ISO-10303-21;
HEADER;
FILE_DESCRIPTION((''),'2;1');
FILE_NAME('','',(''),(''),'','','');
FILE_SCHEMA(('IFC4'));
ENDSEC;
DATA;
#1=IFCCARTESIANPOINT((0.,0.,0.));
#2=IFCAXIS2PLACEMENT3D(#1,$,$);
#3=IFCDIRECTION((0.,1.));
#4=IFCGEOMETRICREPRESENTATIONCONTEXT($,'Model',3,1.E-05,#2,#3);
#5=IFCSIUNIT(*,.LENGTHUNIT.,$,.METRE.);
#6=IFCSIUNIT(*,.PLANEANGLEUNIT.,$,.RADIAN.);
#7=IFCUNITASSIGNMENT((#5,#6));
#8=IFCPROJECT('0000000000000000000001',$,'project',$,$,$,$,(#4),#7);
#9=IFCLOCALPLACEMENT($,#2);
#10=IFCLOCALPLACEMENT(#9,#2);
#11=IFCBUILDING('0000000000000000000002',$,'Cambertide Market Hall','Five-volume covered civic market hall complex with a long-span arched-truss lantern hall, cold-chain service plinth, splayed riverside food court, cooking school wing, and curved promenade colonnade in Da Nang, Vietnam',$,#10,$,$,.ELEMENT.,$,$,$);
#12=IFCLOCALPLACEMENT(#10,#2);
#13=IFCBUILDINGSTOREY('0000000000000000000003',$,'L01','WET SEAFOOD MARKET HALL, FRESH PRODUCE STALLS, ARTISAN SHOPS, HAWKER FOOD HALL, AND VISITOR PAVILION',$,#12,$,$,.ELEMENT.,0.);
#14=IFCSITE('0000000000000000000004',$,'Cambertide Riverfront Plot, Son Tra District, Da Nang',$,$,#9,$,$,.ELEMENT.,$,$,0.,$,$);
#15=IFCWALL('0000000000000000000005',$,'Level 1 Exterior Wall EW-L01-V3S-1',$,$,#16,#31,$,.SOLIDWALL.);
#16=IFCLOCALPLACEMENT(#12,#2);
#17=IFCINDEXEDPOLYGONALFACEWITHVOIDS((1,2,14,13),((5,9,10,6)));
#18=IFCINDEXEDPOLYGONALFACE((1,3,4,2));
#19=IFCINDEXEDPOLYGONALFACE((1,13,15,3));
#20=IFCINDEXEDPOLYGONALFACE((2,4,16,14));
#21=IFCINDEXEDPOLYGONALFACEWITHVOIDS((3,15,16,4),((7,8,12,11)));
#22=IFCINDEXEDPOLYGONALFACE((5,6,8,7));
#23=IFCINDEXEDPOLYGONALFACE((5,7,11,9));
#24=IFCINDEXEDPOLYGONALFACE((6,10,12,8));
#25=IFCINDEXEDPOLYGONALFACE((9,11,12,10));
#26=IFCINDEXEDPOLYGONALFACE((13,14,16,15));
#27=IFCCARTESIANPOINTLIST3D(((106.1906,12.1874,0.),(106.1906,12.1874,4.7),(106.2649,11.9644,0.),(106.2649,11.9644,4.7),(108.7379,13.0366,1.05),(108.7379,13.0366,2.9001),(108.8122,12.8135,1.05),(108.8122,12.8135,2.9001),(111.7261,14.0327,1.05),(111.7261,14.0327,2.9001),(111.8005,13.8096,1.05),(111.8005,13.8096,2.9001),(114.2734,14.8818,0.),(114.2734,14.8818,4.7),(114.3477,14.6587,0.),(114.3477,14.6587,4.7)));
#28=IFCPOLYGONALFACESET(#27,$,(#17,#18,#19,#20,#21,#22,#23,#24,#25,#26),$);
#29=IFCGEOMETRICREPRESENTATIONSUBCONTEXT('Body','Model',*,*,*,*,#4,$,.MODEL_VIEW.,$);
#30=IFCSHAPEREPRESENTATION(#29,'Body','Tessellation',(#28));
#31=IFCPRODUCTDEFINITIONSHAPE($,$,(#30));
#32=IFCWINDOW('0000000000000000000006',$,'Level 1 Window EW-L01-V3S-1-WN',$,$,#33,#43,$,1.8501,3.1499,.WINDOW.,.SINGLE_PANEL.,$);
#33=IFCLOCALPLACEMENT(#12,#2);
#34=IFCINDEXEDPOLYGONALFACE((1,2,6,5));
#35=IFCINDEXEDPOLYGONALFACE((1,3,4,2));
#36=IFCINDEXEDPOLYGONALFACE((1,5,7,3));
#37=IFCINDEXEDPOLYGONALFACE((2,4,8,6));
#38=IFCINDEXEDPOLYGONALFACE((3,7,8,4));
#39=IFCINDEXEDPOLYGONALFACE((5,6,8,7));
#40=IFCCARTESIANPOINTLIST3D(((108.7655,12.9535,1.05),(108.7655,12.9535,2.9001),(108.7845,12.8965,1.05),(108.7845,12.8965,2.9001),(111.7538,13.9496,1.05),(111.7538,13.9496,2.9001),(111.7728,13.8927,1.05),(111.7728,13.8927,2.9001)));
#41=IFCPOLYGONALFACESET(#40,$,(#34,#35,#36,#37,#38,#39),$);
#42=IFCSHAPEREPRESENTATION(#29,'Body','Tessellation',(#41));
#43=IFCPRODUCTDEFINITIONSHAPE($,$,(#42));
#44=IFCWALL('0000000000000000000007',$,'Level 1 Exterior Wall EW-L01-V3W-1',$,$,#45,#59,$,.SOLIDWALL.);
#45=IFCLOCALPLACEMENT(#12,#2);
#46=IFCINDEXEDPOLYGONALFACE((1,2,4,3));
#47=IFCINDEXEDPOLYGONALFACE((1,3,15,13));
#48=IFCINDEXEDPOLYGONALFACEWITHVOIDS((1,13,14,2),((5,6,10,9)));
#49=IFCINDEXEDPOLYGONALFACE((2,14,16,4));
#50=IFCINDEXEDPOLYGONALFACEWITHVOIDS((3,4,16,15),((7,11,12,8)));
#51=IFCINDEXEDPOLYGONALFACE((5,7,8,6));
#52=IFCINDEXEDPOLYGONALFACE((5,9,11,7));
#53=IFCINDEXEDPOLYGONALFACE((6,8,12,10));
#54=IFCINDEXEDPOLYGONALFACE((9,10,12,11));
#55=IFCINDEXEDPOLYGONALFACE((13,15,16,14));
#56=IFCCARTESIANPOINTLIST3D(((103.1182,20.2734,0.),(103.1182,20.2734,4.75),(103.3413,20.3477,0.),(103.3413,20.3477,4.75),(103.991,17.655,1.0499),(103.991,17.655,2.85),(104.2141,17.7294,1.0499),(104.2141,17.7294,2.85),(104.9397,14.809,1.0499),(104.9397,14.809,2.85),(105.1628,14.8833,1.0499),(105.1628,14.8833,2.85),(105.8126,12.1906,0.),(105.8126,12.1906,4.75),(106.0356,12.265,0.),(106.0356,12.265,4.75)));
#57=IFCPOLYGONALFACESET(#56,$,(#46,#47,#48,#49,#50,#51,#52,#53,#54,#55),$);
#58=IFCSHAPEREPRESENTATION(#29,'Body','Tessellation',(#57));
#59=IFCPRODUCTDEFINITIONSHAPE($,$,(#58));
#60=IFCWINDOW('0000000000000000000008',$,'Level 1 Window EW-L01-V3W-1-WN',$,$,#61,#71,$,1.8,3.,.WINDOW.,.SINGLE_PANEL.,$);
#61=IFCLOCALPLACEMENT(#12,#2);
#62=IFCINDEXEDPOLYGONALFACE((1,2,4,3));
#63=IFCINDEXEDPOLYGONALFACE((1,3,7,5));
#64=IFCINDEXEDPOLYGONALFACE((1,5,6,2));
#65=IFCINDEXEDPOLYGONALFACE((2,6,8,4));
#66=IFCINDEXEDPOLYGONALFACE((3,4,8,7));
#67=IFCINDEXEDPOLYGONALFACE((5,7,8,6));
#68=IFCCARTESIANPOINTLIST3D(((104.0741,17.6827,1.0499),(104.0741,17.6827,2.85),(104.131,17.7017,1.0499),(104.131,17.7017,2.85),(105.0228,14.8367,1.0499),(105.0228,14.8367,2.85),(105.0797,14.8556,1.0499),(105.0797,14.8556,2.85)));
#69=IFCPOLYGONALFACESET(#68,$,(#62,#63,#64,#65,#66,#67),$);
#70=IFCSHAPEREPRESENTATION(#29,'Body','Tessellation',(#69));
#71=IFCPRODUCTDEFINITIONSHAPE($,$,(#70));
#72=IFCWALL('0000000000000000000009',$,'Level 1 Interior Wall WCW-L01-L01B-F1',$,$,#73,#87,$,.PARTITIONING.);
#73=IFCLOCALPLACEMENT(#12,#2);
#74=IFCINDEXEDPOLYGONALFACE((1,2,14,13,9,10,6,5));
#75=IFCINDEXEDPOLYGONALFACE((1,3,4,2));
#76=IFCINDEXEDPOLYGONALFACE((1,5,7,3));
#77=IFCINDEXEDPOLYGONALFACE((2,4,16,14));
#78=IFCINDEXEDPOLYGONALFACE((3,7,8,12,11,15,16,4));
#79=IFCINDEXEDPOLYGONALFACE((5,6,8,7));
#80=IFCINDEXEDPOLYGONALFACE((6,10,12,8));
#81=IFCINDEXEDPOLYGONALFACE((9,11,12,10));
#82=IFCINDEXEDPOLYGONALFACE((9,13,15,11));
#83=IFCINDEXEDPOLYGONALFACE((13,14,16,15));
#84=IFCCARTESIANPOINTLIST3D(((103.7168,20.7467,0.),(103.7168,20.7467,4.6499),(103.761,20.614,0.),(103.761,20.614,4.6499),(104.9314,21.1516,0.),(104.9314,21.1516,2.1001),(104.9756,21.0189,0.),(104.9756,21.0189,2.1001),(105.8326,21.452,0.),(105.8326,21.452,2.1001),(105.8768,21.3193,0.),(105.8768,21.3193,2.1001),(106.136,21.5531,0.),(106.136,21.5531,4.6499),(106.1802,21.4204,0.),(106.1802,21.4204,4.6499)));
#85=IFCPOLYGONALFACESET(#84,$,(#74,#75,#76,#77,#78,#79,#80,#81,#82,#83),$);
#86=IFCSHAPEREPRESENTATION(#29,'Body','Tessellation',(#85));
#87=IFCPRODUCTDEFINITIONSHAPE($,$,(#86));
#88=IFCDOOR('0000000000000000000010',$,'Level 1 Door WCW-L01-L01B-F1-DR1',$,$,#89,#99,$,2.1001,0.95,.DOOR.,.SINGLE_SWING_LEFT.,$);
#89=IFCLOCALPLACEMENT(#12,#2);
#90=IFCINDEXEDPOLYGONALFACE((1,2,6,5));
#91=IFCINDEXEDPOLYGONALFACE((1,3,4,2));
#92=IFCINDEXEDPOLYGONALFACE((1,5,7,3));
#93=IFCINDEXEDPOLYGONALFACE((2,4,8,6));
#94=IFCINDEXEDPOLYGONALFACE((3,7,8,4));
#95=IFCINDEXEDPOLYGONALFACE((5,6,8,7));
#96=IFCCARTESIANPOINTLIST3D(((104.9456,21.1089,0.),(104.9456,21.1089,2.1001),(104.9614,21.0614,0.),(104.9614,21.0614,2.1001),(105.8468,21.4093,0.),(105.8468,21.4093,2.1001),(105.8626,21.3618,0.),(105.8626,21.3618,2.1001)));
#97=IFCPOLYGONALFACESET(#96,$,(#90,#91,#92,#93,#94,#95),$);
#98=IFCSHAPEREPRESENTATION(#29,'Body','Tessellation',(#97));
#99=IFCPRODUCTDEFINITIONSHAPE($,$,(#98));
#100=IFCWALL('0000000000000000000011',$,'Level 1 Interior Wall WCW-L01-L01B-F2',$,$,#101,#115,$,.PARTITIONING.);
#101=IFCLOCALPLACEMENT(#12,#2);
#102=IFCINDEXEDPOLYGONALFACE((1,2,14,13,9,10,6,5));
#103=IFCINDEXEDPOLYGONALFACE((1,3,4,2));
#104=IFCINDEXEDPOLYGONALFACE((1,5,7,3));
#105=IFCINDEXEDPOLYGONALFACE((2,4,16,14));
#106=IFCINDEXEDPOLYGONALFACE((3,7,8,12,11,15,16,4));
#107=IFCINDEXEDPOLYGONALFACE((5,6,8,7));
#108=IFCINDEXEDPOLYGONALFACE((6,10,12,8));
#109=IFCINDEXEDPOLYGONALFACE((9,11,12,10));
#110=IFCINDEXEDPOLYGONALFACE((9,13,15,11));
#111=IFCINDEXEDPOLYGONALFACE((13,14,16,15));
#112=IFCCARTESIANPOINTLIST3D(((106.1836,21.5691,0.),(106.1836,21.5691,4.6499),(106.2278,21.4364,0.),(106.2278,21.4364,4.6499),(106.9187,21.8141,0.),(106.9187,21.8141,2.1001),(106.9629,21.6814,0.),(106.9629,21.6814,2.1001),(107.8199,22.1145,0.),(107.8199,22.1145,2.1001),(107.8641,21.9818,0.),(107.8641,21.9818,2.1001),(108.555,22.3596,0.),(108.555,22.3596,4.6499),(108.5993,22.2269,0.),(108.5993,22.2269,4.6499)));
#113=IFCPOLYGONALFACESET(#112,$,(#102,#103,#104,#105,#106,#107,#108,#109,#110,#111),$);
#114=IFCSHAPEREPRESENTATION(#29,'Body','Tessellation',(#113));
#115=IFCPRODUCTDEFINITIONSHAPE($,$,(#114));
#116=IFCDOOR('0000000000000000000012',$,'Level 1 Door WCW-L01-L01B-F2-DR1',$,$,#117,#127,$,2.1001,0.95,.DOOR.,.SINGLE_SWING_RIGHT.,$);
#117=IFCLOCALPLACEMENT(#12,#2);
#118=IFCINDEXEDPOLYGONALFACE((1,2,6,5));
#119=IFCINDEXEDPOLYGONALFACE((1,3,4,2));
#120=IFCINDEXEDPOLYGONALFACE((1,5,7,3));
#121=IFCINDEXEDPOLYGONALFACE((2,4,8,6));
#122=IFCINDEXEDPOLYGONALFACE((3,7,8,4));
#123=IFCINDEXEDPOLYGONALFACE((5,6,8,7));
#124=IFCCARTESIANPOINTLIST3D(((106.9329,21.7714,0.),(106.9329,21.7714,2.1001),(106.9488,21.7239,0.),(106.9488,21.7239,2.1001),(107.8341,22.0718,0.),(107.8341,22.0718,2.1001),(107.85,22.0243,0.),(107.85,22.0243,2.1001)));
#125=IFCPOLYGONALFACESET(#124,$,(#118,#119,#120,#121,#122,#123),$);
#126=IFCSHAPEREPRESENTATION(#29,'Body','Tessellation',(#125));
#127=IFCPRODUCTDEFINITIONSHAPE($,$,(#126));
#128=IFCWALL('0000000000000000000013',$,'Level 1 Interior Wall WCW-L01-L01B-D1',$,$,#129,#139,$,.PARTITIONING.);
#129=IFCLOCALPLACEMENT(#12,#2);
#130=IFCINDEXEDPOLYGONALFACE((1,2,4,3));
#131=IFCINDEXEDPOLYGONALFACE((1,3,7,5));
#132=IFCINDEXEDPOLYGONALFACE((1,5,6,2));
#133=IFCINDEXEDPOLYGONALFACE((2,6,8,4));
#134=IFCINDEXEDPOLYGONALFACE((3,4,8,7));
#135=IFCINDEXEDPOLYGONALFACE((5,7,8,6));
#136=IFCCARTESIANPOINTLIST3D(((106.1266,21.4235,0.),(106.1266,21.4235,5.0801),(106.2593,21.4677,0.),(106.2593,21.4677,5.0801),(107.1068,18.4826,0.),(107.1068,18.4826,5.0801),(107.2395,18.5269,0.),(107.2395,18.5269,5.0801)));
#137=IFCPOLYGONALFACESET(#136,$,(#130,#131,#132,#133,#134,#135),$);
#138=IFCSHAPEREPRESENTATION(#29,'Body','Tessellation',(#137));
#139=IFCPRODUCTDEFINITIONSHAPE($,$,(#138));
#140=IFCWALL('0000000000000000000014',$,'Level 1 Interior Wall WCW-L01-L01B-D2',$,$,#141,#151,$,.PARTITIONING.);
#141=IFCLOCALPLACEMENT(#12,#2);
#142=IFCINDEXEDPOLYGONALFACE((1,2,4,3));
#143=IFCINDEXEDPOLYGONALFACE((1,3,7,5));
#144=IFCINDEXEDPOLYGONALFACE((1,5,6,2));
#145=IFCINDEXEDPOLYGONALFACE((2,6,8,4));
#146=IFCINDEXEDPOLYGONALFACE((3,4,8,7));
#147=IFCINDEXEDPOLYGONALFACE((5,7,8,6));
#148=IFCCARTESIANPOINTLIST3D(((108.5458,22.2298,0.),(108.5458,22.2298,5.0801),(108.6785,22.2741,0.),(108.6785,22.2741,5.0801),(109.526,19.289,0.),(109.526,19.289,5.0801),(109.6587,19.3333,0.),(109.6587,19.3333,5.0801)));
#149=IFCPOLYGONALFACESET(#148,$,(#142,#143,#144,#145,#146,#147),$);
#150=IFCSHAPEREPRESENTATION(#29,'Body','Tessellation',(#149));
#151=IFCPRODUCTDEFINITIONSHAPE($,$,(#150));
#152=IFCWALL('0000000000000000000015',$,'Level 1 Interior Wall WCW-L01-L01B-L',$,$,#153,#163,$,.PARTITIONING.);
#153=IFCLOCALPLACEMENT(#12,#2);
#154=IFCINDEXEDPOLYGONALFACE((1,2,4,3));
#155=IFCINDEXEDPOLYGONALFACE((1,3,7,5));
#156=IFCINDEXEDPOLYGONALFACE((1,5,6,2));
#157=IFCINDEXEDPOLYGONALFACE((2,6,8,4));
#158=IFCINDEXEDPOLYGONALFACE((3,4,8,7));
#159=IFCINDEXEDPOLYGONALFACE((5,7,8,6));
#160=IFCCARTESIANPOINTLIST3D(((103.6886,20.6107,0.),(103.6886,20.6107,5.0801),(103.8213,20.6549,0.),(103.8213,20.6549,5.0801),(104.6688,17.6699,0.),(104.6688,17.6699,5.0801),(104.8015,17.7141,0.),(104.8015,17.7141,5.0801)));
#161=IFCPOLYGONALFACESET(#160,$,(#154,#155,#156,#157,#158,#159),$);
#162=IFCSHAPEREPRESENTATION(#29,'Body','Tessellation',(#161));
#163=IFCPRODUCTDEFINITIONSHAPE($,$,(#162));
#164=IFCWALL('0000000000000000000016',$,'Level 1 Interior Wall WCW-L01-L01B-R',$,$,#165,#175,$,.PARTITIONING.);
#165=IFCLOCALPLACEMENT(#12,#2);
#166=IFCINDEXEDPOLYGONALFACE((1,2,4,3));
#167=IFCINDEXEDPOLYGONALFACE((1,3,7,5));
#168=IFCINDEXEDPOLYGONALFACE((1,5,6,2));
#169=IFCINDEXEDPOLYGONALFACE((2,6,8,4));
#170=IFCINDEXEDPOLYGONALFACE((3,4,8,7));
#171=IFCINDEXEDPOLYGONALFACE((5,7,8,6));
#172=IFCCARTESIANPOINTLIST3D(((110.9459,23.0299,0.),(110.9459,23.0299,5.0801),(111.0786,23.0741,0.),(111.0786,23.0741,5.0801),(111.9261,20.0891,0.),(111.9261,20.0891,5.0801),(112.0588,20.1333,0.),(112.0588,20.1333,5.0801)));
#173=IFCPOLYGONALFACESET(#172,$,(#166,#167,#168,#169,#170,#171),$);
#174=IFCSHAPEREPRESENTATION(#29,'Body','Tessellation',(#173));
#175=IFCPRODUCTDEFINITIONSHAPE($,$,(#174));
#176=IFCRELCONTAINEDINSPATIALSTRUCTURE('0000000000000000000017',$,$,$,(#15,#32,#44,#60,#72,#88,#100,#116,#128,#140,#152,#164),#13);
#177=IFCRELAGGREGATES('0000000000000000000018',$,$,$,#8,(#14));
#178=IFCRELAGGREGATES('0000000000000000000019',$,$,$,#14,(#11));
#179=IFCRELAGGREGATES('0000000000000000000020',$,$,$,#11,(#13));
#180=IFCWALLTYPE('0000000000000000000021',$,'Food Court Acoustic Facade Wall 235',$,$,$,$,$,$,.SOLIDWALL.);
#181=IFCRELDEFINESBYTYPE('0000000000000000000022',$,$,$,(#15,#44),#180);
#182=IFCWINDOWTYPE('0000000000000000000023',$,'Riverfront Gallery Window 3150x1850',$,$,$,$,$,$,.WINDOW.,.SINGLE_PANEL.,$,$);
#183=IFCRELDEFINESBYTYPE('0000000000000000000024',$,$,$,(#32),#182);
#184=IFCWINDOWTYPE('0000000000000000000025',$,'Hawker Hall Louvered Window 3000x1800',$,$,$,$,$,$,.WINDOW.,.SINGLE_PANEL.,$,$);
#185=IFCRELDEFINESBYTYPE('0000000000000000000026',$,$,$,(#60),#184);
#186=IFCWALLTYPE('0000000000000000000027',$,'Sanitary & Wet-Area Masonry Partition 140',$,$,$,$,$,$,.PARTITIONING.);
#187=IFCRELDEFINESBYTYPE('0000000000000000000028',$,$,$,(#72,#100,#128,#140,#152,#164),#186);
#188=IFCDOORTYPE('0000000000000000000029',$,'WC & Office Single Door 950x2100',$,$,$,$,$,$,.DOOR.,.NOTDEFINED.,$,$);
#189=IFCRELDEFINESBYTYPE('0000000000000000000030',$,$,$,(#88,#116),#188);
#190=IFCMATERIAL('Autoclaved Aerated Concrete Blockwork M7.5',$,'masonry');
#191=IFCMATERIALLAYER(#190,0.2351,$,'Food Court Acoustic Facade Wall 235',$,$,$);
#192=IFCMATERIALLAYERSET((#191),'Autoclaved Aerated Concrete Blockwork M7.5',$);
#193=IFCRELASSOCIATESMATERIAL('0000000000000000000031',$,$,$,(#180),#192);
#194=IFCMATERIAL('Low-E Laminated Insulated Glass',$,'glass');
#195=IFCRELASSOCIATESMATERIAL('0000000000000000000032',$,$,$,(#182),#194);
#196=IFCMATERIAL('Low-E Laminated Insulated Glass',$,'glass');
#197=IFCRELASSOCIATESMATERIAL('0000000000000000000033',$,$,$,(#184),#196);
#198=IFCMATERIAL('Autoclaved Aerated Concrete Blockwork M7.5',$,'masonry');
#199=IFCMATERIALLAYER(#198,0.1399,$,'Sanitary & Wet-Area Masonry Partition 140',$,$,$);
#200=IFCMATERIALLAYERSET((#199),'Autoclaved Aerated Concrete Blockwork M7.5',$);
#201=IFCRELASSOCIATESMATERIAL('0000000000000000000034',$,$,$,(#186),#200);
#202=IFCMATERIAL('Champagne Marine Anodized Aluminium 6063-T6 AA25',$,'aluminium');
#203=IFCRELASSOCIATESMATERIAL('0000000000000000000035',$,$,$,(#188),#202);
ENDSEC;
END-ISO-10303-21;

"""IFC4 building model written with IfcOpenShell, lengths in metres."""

from ifc_helpers import new_model, si_unit, direction, frame, frame_2d, origin, place, context, subcontext, project, spatial, rectangle, extrude, material, layer, layer_set, type_object, element, fill, save


model = new_model("IFC4")

# Units and contexts
model_context = context("Model", 3, precision=1e-05, world=origin(), true_north=direction((0.0, 1.0)))
body_context = subcontext(model_context, "Body", "Model", "MODEL_VIEW")
ifc_project = project(units=[si_unit("LENGTHUNIT", "METRE"), si_unit("PLANEANGLEUNIT", "RADIAN")], contexts=[model_context])

# Site, building, storey
site_placement = place(None, origin())
site = spatial("IfcSite", under=ifc_project, at=site_placement, Name="Cambertide Riverfront Plot, Son Tra District, Da Nang", CompositionType="ELEMENT", RefElevation=0.0)
building_placement = place(site_placement, origin())
building = spatial("IfcBuilding", under=site, at=building_placement, Name="Cambertide Market Hall", Description="Five-volume covered civic market hall complex with a long-span arched-truss lantern hall, cold-chain service plinth, splayed riverside food court, cooking school wing, and curved promenade colonnade in Da Nang, Vietnam", CompositionType="ELEMENT")
storey_placement = place(building_placement, origin())
storey = spatial("IfcBuildingStorey", under=building, at=storey_placement, Name="L01", Description="WET SEAFOOD MARKET HALL, FRESH PRODUCE STALLS, ARTISAN SHOPS, HAWKER FOOD HALL, AND VISITOR PAVILION", CompositionType="ELEMENT", Elevation=0.0)

# Walls, openings, windows
ifc_material_1 = material(Name="Autoclaved Aerated Concrete Blockwork M7.5", Category="masonry")
ifc_layer_1 = layer(ifc_material_1, 0.2351, Name="Food Court Acoustic Facade Wall 235")
ifc_layer_set_1 = layer_set([ifc_layer_1], Name="Autoclaved Aerated Concrete Blockwork M7.5")
wall_type_1 = type_object("IfcWallType", Name="Food Court Acoustic Facade Wall 235", PredefinedType="SOLIDWALL", material=ifc_layer_set_1)
wall_1_placement = place(storey_placement, frame((114.3105, 14.7703, 0.0), z_axis=(0.0, 0.0, 1.0), x_axis=(-0.94868, -0.316236, 0.0)))
wall_1 = element("IfcWall", 1, at=wall_1_placement, inside=storey, type_object=wall_type_1, Name="Level 1 Exterior Wall EW-L01-V3S-1", PredefinedType="SOLIDWALL", context=body_context, shape_type="SweptSolid", body=[
    extrude(rectangle(XDim=8.52, YDim=0.2351, at=frame_2d((4.26, 0.0))), origin(), (0.0, 0.0, 1.0), 4.7),
])
opening_1_placement = place(wall_1_placement, frame((2.6851, 0.0, 1.05)))
opening_1 = element("IfcOpeningElement", 2, at=opening_1_placement, cuts=wall_1, PredefinedType="OPENING", context=body_context, shape_type="SweptSolid", body=[
    extrude(rectangle(XDim=3.1499, YDim=1.8501, at=frame_2d((1.575, 0.925))), frame((0.0, 0.1274, 0.0), z_axis=(0.0, -1.0, 0.0), x_axis=(1.0, 0.0, 0.0)), (0.0, 0.0, 1.0), 0.2551),
])
ifc_material_2 = material(Name="Low-E Laminated Insulated Glass", Category="glass")
window_type_1 = type_object("IfcWindowType", Name="Riverfront Gallery Window 3150x1850", PartitioningType="SINGLE_PANEL", PredefinedType="WINDOW", material=ifc_material_2)
window_1_placement = place(opening_1_placement, origin())
window_1 = element("IfcWindow", 3, at=window_1_placement, inside=storey, type_object=window_type_1, Name="Level 1 Window EW-L01-V3S-1-WN", OverallHeight=1.8501, OverallWidth=3.1499, PartitioningType="SINGLE_PANEL", PredefinedType="WINDOW", context=body_context, shape_type="SweptSolid", body=[
    extrude(rectangle(XDim=3.1499, YDim=1.8501, at=frame_2d((1.575, 0.925))), frame((0.0, 0.03, 0.0), z_axis=(0.0, -1.0, 0.0), x_axis=(1.0, 0.0, 0.0)), (0.0, 0.0, 1.0), 0.0601),
])
fill(opening_1, window_1)
wall_2_placement = place(storey_placement, frame((105.9241, 12.2278, 0.0), z_axis=(0.0, 0.0, 1.0), x_axis=(-0.316236, 0.94868, 0.0)))
wall_2 = element("IfcWall", 4, at=wall_2_placement, inside=storey, type_object=wall_type_1, Name="Level 1 Exterior Wall EW-L01-V3W-1", PredefinedType="SOLIDWALL", context=body_context, shape_type="SweptSolid", body=[
    extrude(rectangle(XDim=8.52, YDim=0.2351, at=frame_2d((4.26, 0.0))), origin(), (0.0, 0.0, 1.0), 4.75),
])
opening_2_placement = place(wall_2_placement, frame((2.76, 0.0, 1.05)))
opening_2 = element("IfcOpeningElement", 5, at=opening_2_placement, cuts=wall_2, PredefinedType="OPENING", context=body_context, shape_type="SweptSolid", body=[
    extrude(rectangle(XDim=3.0, YDim=1.8, at=frame_2d((1.5, 0.8999))), frame((0.0, 0.1274, 0.0), z_axis=(0.0, -1.0, 0.0), x_axis=(1.0, 0.0, 0.0)), (0.0, 0.0, 1.0), 0.2551),
])
ifc_material_3 = material(Name="Low-E Laminated Insulated Glass", Category="glass")
window_type_2 = type_object("IfcWindowType", Name="Hawker Hall Louvered Window 3000x1800", PartitioningType="SINGLE_PANEL", PredefinedType="WINDOW", material=ifc_material_3)
window_2_placement = place(opening_2_placement, origin())
window_2 = element("IfcWindow", 6, at=window_2_placement, inside=storey, type_object=window_type_2, Name="Level 1 Window EW-L01-V3W-1-WN", OverallHeight=1.8, OverallWidth=3.0, PartitioningType="SINGLE_PANEL", PredefinedType="WINDOW", context=body_context, shape_type="SweptSolid", body=[
    extrude(rectangle(XDim=3.0, YDim=1.8, at=frame_2d((1.5, 0.8999))), frame((0.0, 0.03, 0.0), z_axis=(0.0, -1.0, 0.0), x_axis=(1.0, 0.0, 0.0)), (0.0, 0.0, 1.0), 0.0601),
])
fill(opening_2, window_2)

# Walls, openings, doors
ifc_material_4 = material(Name="Autoclaved Aerated Concrete Blockwork M7.5", Category="masonry")
ifc_layer_2 = layer(ifc_material_4, 0.1399, Name="Sanitary & Wet-Area Masonry Partition 140")
ifc_layer_set_2 = layer_set([ifc_layer_2], Name="Autoclaved Aerated Concrete Blockwork M7.5")
wall_type_2 = type_object("IfcWallType", Name="Sanitary & Wet-Area Masonry Partition 140", PredefinedType="PARTITIONING", material=ifc_layer_set_2)
wall_3_placement = place(storey_placement, frame((103.739, 20.6804, 0.0), z_axis=(0.0, 0.0, 1.0), x_axis=(0.948683, 0.316228, 0.0)))
wall_3 = element("IfcWall", 7, at=wall_3_placement, inside=storey, type_object=wall_type_2, Name="Level 1 Interior Wall WCW-L01-L01B-F1", PredefinedType="PARTITIONING", context=body_context, shape_type="SweptSolid", body=[
    extrude(rectangle(XDim=2.55, YDim=0.1399, at=frame_2d((1.2749, 0.0))), origin(), (0.0, 0.0, 1.0), 4.6499),
])
opening_3_placement = place(wall_3_placement, frame((1.28, 0.0, 0.0)))
opening_3 = element("IfcOpeningElement", 8, at=opening_3_placement, cuts=wall_3, PredefinedType="OPENING", context=body_context, shape_type="SweptSolid", body=[
    extrude(rectangle(XDim=0.95, YDim=2.1001, at=frame_2d((0.4751, 1.05))), frame((0.0, 0.0798, 0.0), z_axis=(0.0, -1.0, 0.0), x_axis=(1.0, 0.0, 0.0)), (0.0, 0.0, 1.0), 0.1599),
])
ifc_material_5 = material(Name="Champagne Marine Anodized Aluminium 6063-T6 AA25", Category="aluminium")
door_type_1 = type_object("IfcDoorType", Name="WC & Office Single Door 950x2100", OperationType="NOTDEFINED", PredefinedType="DOOR", material=ifc_material_5)
door_1_placement = place(opening_3_placement, origin())
door_1 = element("IfcDoor", 9, at=door_1_placement, inside=storey, type_object=door_type_1, Name="Level 1 Door WCW-L01-L01B-F1-DR1", OperationType="SINGLE_SWING_LEFT", OverallHeight=2.1001, OverallWidth=0.95, PredefinedType="DOOR", context=body_context, shape_type="SweptSolid", body=[
    extrude(rectangle(XDim=0.95, YDim=2.1001, at=frame_2d((0.4751, 1.05))), frame((0.0, 0.0249, 0.0), z_axis=(0.0, -1.0, 0.0), x_axis=(1.0, 0.0, 0.0)), (0.0, 0.0, 1.0), 0.05),
])
fill(opening_3, door_1)
wall_4_placement = place(storey_placement, frame((106.2056, 21.5027, 0.0), z_axis=(0.0, 0.0, 1.0), x_axis=(0.948683, 0.316228, 0.0)))
wall_4 = element("IfcWall", 10, at=wall_4_placement, inside=storey, type_object=wall_type_2, Name="Level 1 Interior Wall WCW-L01-L01B-F2", PredefinedType="PARTITIONING", context=body_context, shape_type="SweptSolid", body=[
    extrude(rectangle(XDim=2.4998, YDim=0.1399, at=frame_2d((1.25, 0.0))), origin(), (0.0, 0.0, 1.0), 4.6499),
])
opening_4_placement = place(wall_4_placement, frame((0.7749, 0.0, 0.0)))
opening_4 = element("IfcOpeningElement", 11, at=opening_4_placement, cuts=wall_4, PredefinedType="OPENING", context=body_context, shape_type="SweptSolid", body=[
    extrude(rectangle(XDim=0.95, YDim=2.1001, at=frame_2d((0.4751, 1.05))), frame((0.0, 0.0798, 0.0), z_axis=(0.0, -1.0, 0.0), x_axis=(1.0, 0.0, 0.0)), (0.0, 0.0, 1.0), 0.1599),
])
door_2_placement = place(opening_4_placement, origin())
door_2 = element("IfcDoor", 12, at=door_2_placement, inside=storey, type_object=door_type_1, Name="Level 1 Door WCW-L01-L01B-F2-DR1", OperationType="SINGLE_SWING_RIGHT", OverallHeight=2.1001, OverallWidth=0.95, PredefinedType="DOOR", context=body_context, shape_type="SweptSolid", body=[
    extrude(rectangle(XDim=0.95, YDim=2.1001, at=frame_2d((0.4751, 1.05))), frame((0.0, 0.0249, 0.0), z_axis=(0.0, -1.0, 0.0), x_axis=(1.0, 0.0, 0.0)), (0.0, 0.0, 1.0), 0.05),
])
fill(opening_4, door_2)

# Walls
for number, where, z_axis, x_axis, name in (
    (13, (107.1731, 18.5049, 0.0), (0.0, 0.0, 1.0), (-0.316204, 0.948691, 0.0), "Level 1 Interior Wall WCW-L01-L01B-D1"),
    (14, (109.5923, 19.3113, 0.0), (0.0, 0.0, 1.0), (-0.316204, 0.948691, 0.0), "Level 1 Interior Wall WCW-L01-L01B-D2"),
    (15, (104.7351, 17.6921, 0.0), (0.0, 0.0, 1.0), (-0.316204, 0.948691, 0.0), "Level 1 Interior Wall WCW-L01-L01B-L"),
    (16, (111.9924, 20.1113, 0.0), (0.0, 0.0, 1.0), (-0.316204, 0.948691, 0.0), "Level 1 Interior Wall WCW-L01-L01B-R"),
):
    element("IfcWall", number, at=place(storey_placement, frame(where, z_axis=z_axis, x_axis=x_axis)), inside=storey, type_object=wall_type_2, Name=name, PredefinedType="PARTITIONING", context=body_context, shape_type="SweptSolid", body=[
        extrude(rectangle(XDim=3.0999, YDim=0.1399, at=frame_2d((1.5498, 0.0))), origin(), (0.0, 0.0, 1.0), 5.0801),
    ])

save(model, "model.ifc")
